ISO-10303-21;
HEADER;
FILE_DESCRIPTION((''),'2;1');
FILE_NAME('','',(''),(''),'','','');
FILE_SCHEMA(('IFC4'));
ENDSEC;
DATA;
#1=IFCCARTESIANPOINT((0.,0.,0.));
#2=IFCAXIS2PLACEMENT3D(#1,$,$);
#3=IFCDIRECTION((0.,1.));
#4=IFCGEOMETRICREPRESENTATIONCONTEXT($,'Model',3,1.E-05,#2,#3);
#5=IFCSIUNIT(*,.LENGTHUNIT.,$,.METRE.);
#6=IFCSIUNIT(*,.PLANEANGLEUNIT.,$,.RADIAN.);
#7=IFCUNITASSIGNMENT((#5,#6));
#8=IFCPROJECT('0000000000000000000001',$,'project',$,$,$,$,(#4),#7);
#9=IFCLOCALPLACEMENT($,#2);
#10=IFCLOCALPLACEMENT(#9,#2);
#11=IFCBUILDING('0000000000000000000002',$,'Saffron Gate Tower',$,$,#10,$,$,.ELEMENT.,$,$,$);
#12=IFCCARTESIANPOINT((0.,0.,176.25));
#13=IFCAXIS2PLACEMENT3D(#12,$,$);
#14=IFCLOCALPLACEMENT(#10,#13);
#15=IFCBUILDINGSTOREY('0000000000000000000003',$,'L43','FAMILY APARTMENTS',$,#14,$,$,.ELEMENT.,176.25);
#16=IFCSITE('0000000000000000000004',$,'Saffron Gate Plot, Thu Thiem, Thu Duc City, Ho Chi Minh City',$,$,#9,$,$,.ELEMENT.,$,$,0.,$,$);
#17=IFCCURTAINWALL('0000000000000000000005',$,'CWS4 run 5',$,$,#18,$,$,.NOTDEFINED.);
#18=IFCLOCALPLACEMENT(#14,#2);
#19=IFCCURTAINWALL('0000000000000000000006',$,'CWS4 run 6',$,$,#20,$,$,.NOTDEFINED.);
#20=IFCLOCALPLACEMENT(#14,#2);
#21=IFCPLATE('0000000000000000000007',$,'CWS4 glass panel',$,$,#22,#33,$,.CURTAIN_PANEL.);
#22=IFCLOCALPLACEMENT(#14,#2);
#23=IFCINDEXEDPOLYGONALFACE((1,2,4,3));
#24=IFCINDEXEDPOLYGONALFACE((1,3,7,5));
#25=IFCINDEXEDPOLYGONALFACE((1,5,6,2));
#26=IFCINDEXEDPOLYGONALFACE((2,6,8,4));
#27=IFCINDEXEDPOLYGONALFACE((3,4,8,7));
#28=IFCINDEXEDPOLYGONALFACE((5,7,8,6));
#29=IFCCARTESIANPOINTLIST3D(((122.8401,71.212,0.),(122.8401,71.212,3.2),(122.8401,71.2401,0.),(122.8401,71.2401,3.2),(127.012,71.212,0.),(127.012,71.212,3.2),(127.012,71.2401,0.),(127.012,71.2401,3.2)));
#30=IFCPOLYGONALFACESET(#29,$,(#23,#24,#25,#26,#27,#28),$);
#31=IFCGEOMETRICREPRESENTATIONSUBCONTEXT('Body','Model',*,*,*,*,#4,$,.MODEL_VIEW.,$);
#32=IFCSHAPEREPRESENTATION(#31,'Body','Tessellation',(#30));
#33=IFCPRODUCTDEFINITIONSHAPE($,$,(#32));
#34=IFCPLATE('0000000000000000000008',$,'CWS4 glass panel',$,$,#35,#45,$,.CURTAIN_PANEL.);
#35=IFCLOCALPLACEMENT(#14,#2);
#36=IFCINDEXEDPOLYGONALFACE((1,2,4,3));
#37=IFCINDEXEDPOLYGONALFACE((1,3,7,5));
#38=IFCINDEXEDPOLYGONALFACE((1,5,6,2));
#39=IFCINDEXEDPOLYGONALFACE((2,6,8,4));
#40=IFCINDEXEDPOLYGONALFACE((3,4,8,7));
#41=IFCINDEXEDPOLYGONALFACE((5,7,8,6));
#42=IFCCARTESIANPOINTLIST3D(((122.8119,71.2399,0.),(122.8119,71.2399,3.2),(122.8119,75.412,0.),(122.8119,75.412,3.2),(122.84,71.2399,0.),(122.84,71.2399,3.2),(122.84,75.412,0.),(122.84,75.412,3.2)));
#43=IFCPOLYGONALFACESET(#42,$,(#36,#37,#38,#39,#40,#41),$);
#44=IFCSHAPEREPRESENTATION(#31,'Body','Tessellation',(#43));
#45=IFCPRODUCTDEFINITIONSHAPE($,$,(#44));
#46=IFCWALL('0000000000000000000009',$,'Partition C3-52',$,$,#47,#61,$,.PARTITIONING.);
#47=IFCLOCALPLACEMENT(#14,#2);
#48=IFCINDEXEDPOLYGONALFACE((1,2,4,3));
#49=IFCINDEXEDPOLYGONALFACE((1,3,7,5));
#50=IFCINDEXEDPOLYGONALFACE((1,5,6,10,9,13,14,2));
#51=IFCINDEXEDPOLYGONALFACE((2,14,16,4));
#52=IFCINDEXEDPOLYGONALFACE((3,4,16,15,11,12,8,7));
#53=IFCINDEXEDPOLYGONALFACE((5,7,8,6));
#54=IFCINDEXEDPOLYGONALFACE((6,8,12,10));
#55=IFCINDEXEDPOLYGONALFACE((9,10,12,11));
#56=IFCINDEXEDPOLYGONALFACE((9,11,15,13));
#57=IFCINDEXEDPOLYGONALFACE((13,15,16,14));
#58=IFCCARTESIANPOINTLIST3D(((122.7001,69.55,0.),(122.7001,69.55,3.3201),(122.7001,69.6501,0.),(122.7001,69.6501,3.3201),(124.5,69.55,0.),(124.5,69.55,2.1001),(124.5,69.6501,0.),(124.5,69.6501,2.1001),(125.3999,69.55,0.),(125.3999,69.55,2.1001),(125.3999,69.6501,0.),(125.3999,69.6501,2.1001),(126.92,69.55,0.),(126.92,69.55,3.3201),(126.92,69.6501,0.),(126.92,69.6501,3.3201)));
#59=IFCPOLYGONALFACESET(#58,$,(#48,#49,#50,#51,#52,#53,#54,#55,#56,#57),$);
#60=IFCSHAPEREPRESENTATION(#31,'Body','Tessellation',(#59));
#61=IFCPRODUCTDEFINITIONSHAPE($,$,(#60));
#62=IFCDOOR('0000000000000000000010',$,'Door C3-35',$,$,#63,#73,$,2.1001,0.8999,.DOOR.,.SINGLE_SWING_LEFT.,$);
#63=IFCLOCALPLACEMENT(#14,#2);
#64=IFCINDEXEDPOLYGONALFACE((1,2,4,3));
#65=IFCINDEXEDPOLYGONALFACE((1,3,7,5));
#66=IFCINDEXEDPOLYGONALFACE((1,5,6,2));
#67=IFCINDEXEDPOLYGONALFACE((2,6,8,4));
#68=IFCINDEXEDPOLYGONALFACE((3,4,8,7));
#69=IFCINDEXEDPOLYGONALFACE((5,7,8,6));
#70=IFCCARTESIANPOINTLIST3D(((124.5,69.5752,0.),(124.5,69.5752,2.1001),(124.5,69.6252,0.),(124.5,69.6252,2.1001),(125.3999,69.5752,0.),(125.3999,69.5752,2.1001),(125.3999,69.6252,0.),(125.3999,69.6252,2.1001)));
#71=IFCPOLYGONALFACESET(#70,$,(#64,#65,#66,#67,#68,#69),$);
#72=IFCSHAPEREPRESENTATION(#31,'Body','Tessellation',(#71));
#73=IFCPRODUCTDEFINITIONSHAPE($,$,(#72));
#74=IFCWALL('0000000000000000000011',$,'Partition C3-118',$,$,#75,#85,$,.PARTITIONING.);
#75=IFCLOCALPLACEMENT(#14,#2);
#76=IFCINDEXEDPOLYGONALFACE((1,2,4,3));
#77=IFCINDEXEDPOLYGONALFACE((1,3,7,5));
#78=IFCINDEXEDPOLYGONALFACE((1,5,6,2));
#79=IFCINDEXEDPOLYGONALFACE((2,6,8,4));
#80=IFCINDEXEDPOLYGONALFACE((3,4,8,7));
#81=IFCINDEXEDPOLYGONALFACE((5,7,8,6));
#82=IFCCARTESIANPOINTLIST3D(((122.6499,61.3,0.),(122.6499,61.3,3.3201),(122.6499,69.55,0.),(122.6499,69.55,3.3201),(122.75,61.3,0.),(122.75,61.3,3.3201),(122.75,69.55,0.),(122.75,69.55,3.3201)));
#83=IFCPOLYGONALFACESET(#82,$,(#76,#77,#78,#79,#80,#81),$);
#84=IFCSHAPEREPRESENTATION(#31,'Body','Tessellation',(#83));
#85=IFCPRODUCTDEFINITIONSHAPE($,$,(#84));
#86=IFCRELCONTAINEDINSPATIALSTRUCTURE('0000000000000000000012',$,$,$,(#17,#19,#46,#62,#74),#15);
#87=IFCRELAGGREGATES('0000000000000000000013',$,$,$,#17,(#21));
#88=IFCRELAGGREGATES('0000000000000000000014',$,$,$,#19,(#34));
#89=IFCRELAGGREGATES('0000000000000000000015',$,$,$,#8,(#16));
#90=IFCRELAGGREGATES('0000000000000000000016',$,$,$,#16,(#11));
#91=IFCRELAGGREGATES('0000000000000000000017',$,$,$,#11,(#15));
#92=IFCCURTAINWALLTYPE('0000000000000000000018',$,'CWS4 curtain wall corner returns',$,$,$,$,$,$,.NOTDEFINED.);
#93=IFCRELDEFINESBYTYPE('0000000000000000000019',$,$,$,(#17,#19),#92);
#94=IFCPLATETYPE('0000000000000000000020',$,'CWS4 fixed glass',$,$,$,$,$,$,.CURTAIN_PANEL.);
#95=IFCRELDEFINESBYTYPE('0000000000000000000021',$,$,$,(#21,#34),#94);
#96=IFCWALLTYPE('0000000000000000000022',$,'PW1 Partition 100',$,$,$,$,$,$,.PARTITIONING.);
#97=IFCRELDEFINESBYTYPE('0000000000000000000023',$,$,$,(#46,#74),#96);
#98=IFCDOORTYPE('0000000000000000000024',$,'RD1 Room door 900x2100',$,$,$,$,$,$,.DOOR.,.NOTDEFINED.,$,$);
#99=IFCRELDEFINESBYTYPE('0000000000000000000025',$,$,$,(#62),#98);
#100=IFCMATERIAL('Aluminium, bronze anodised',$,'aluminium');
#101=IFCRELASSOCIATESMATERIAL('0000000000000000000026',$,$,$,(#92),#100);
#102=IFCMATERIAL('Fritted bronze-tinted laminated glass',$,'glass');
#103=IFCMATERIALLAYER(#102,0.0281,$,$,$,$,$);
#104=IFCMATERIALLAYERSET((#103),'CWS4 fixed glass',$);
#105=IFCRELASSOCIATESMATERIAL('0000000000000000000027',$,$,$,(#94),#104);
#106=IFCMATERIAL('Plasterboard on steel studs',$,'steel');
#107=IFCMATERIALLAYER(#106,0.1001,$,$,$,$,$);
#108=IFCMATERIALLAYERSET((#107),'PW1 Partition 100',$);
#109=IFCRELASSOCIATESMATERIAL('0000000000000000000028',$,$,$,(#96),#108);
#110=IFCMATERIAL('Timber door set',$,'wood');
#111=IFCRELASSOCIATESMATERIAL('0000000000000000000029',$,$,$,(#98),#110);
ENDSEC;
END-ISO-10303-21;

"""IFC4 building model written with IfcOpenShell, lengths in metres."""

from ifc_helpers import new_model, si_unit, direction, frame, frame_2d, origin, place, context, subcontext, project, spatial, rectangle, extrude, material, layer, layer_set, type_object, element, fill, aggregate, save


model = new_model("IFC4")

# Units and contexts
model_context = context("Model", 3, precision=1e-05, world=origin(), true_north=direction((0.0, 1.0)))
body_context = subcontext(model_context, "Body", "Model", "MODEL_VIEW")
ifc_project = project(units=[si_unit("LENGTHUNIT", "METRE"), si_unit("PLANEANGLEUNIT", "RADIAN")], contexts=[model_context])

# Site, building, storey
site_placement = place(None, origin())
site = spatial("IfcSite", under=ifc_project, at=site_placement, Name="Saffron Gate Plot, Thu Thiem, Thu Duc City, Ho Chi Minh City", CompositionType="ELEMENT", RefElevation=0.0)
building_placement = place(site_placement, origin())
building = spatial("IfcBuilding", under=site, at=building_placement, Name="Saffron Gate Tower", CompositionType="ELEMENT")
storey_placement = place(building_placement, frame((0.0, 0.0, 176.25)))
storey = spatial("IfcBuildingStorey", under=building, at=storey_placement, Name="L43", Description="FAMILY APARTMENTS", CompositionType="ELEMENT", Elevation=176.25)

# Curtain walls
ifc_material_1 = material(Name="Aluminium, bronze anodised", Category="aluminium")
curtain_wall_type_1 = type_object("IfcCurtainWallType", Name="CWS4 curtain wall corner returns", PredefinedType="NOTDEFINED", material=ifc_material_1)
curtain_wall_1_placement = place(storey_placement, origin())
curtain_wall_1 = element("IfcCurtainWall", 1, at=curtain_wall_1_placement, inside=storey, type_object=curtain_wall_type_1, Name="CWS4 run 5", PredefinedType="NOTDEFINED")
curtain_wall_2_placement = place(storey_placement, origin())
curtain_wall_2 = element("IfcCurtainWall", 2, at=curtain_wall_2_placement, inside=storey, type_object=curtain_wall_type_1, Name="CWS4 run 6", PredefinedType="NOTDEFINED")

# Plates
ifc_material_2 = material(Name="Fritted bronze-tinted laminated glass", Category="glass")
ifc_layer_1 = layer(ifc_material_2, 0.0281)
ifc_layer_set_1 = layer_set([ifc_layer_1], Name="CWS4 fixed glass")
plate_type_1 = type_object("IfcPlateType", Name="CWS4 fixed glass", PredefinedType="CURTAIN_PANEL", material=ifc_layer_set_1)
plate_1_placement = place(storey_placement, frame((127.012, 71.2261, 0.0), z_axis=(0.0, 0.0, 1.0), x_axis=(-1.0, 0.0, 0.0)))
plate_1 = element("IfcPlate", 3, at=plate_1_placement, type_object=plate_type_1, Name="CWS4 glass panel", PredefinedType="CURTAIN_PANEL", context=body_context, shape_type="SweptSolid", body=[
    extrude(rectangle(XDim=4.1719, YDim=0.0281, at=frame_2d((2.0859, 0.0))), origin(), (0.0, 0.0, 1.0), 3.2),
])
aggregate(curtain_wall_1, [plate_1])
plate_2_placement = place(storey_placement, frame((122.8259, 71.24, 0.0), z_axis=(0.0, 0.0, 1.0), x_axis=(0.0, 1.0, 0.0)))
plate_2 = element("IfcPlate", 4, at=plate_2_placement, type_object=plate_type_1, Name="CWS4 glass panel", PredefinedType="CURTAIN_PANEL", context=body_context, shape_type="SweptSolid", body=[
    extrude(rectangle(XDim=4.1721, YDim=0.0281, at=frame_2d((2.0859, 0.0))), origin(), (0.0, 0.0, 1.0), 3.2),
])
aggregate(curtain_wall_2, [plate_2])

# Wall, opening, door
ifc_material_3 = material(Name="Plasterboard on steel studs", Category="steel")
ifc_layer_2 = layer(ifc_material_3, 0.1001)
ifc_layer_set_2 = layer_set([ifc_layer_2], Name="PW1 Partition 100")
wall_type = type_object("IfcWallType", Name="PW1 Partition 100", PredefinedType="PARTITIONING", material=ifc_layer_set_2)
wall_1_placement = place(storey_placement, frame((126.9199, 69.6001, 0.0), z_axis=(0.0, 0.0, 1.0), x_axis=(-1.0, 0.0, 0.0)))
wall_1 = element("IfcWall", 5, at=wall_1_placement, inside=storey, type_object=wall_type, Name="Partition C3-52", PredefinedType="PARTITIONING", context=body_context, shape_type="SweptSolid", body=[
    extrude(rectangle(XDim=4.22, YDim=0.1001, at=frame_2d((2.1099, 0.0))), origin(), (0.0, 0.0, 1.0), 3.3201),
])
opening_1_placement = place(wall_1_placement, frame((1.52, 0.0, 0.0)))
opening_1 = element("IfcOpeningElement", 6, at=opening_1_placement, cuts=wall_1, PredefinedType="OPENING", context=body_context, shape_type="SweptSolid", body=[
    extrude(rectangle(XDim=0.8999, YDim=2.1001, at=frame_2d((0.45, 1.05))), frame((0.0, 0.0601, 0.0), z_axis=(0.0, -1.0, 0.0), x_axis=(1.0, 0.0, 0.0)), (0.0, 0.0, 1.0), 0.1201),
])
ifc_material_4 = material(Name="Timber door set", Category="wood")
door_type = type_object("IfcDoorType", Name="RD1 Room door 900x2100", OperationType="NOTDEFINED", PredefinedType="DOOR", material=ifc_material_4)
door_placement = place(opening_1_placement, origin())
door = element("IfcDoor", 7, at=door_placement, inside=storey, type_object=door_type, Name="Door C3-35", OperationType="SINGLE_SWING_LEFT", OverallHeight=2.1001, OverallWidth=0.8999, PredefinedType="DOOR", context=body_context, shape_type="SweptSolid", body=[
    extrude(rectangle(XDim=0.8999, YDim=2.1001, at=frame_2d((0.45, 1.05))), frame((0.0, 0.0249, 0.0), z_axis=(0.0, -1.0, 0.0), x_axis=(1.0, 0.0, 0.0)), (0.0, 0.0, 1.0), 0.05),
])
fill(opening_1, door)

# Wall
wall_2_placement = place(storey_placement, frame((122.7, 69.55, 0.0), z_axis=(0.0, 0.0, 1.0), x_axis=(0.0, -1.0, 0.0)))
element("IfcWall", 8, at=wall_2_placement, inside=storey, type_object=wall_type, Name="Partition C3-118", PredefinedType="PARTITIONING", context=body_context, shape_type="SweptSolid", body=[
    extrude(rectangle(XDim=8.25, YDim=0.1001, at=frame_2d((4.125, 0.0))), origin(), (0.0, 0.0, 1.0), 3.3201),
])

save(model, "model.ifc")
